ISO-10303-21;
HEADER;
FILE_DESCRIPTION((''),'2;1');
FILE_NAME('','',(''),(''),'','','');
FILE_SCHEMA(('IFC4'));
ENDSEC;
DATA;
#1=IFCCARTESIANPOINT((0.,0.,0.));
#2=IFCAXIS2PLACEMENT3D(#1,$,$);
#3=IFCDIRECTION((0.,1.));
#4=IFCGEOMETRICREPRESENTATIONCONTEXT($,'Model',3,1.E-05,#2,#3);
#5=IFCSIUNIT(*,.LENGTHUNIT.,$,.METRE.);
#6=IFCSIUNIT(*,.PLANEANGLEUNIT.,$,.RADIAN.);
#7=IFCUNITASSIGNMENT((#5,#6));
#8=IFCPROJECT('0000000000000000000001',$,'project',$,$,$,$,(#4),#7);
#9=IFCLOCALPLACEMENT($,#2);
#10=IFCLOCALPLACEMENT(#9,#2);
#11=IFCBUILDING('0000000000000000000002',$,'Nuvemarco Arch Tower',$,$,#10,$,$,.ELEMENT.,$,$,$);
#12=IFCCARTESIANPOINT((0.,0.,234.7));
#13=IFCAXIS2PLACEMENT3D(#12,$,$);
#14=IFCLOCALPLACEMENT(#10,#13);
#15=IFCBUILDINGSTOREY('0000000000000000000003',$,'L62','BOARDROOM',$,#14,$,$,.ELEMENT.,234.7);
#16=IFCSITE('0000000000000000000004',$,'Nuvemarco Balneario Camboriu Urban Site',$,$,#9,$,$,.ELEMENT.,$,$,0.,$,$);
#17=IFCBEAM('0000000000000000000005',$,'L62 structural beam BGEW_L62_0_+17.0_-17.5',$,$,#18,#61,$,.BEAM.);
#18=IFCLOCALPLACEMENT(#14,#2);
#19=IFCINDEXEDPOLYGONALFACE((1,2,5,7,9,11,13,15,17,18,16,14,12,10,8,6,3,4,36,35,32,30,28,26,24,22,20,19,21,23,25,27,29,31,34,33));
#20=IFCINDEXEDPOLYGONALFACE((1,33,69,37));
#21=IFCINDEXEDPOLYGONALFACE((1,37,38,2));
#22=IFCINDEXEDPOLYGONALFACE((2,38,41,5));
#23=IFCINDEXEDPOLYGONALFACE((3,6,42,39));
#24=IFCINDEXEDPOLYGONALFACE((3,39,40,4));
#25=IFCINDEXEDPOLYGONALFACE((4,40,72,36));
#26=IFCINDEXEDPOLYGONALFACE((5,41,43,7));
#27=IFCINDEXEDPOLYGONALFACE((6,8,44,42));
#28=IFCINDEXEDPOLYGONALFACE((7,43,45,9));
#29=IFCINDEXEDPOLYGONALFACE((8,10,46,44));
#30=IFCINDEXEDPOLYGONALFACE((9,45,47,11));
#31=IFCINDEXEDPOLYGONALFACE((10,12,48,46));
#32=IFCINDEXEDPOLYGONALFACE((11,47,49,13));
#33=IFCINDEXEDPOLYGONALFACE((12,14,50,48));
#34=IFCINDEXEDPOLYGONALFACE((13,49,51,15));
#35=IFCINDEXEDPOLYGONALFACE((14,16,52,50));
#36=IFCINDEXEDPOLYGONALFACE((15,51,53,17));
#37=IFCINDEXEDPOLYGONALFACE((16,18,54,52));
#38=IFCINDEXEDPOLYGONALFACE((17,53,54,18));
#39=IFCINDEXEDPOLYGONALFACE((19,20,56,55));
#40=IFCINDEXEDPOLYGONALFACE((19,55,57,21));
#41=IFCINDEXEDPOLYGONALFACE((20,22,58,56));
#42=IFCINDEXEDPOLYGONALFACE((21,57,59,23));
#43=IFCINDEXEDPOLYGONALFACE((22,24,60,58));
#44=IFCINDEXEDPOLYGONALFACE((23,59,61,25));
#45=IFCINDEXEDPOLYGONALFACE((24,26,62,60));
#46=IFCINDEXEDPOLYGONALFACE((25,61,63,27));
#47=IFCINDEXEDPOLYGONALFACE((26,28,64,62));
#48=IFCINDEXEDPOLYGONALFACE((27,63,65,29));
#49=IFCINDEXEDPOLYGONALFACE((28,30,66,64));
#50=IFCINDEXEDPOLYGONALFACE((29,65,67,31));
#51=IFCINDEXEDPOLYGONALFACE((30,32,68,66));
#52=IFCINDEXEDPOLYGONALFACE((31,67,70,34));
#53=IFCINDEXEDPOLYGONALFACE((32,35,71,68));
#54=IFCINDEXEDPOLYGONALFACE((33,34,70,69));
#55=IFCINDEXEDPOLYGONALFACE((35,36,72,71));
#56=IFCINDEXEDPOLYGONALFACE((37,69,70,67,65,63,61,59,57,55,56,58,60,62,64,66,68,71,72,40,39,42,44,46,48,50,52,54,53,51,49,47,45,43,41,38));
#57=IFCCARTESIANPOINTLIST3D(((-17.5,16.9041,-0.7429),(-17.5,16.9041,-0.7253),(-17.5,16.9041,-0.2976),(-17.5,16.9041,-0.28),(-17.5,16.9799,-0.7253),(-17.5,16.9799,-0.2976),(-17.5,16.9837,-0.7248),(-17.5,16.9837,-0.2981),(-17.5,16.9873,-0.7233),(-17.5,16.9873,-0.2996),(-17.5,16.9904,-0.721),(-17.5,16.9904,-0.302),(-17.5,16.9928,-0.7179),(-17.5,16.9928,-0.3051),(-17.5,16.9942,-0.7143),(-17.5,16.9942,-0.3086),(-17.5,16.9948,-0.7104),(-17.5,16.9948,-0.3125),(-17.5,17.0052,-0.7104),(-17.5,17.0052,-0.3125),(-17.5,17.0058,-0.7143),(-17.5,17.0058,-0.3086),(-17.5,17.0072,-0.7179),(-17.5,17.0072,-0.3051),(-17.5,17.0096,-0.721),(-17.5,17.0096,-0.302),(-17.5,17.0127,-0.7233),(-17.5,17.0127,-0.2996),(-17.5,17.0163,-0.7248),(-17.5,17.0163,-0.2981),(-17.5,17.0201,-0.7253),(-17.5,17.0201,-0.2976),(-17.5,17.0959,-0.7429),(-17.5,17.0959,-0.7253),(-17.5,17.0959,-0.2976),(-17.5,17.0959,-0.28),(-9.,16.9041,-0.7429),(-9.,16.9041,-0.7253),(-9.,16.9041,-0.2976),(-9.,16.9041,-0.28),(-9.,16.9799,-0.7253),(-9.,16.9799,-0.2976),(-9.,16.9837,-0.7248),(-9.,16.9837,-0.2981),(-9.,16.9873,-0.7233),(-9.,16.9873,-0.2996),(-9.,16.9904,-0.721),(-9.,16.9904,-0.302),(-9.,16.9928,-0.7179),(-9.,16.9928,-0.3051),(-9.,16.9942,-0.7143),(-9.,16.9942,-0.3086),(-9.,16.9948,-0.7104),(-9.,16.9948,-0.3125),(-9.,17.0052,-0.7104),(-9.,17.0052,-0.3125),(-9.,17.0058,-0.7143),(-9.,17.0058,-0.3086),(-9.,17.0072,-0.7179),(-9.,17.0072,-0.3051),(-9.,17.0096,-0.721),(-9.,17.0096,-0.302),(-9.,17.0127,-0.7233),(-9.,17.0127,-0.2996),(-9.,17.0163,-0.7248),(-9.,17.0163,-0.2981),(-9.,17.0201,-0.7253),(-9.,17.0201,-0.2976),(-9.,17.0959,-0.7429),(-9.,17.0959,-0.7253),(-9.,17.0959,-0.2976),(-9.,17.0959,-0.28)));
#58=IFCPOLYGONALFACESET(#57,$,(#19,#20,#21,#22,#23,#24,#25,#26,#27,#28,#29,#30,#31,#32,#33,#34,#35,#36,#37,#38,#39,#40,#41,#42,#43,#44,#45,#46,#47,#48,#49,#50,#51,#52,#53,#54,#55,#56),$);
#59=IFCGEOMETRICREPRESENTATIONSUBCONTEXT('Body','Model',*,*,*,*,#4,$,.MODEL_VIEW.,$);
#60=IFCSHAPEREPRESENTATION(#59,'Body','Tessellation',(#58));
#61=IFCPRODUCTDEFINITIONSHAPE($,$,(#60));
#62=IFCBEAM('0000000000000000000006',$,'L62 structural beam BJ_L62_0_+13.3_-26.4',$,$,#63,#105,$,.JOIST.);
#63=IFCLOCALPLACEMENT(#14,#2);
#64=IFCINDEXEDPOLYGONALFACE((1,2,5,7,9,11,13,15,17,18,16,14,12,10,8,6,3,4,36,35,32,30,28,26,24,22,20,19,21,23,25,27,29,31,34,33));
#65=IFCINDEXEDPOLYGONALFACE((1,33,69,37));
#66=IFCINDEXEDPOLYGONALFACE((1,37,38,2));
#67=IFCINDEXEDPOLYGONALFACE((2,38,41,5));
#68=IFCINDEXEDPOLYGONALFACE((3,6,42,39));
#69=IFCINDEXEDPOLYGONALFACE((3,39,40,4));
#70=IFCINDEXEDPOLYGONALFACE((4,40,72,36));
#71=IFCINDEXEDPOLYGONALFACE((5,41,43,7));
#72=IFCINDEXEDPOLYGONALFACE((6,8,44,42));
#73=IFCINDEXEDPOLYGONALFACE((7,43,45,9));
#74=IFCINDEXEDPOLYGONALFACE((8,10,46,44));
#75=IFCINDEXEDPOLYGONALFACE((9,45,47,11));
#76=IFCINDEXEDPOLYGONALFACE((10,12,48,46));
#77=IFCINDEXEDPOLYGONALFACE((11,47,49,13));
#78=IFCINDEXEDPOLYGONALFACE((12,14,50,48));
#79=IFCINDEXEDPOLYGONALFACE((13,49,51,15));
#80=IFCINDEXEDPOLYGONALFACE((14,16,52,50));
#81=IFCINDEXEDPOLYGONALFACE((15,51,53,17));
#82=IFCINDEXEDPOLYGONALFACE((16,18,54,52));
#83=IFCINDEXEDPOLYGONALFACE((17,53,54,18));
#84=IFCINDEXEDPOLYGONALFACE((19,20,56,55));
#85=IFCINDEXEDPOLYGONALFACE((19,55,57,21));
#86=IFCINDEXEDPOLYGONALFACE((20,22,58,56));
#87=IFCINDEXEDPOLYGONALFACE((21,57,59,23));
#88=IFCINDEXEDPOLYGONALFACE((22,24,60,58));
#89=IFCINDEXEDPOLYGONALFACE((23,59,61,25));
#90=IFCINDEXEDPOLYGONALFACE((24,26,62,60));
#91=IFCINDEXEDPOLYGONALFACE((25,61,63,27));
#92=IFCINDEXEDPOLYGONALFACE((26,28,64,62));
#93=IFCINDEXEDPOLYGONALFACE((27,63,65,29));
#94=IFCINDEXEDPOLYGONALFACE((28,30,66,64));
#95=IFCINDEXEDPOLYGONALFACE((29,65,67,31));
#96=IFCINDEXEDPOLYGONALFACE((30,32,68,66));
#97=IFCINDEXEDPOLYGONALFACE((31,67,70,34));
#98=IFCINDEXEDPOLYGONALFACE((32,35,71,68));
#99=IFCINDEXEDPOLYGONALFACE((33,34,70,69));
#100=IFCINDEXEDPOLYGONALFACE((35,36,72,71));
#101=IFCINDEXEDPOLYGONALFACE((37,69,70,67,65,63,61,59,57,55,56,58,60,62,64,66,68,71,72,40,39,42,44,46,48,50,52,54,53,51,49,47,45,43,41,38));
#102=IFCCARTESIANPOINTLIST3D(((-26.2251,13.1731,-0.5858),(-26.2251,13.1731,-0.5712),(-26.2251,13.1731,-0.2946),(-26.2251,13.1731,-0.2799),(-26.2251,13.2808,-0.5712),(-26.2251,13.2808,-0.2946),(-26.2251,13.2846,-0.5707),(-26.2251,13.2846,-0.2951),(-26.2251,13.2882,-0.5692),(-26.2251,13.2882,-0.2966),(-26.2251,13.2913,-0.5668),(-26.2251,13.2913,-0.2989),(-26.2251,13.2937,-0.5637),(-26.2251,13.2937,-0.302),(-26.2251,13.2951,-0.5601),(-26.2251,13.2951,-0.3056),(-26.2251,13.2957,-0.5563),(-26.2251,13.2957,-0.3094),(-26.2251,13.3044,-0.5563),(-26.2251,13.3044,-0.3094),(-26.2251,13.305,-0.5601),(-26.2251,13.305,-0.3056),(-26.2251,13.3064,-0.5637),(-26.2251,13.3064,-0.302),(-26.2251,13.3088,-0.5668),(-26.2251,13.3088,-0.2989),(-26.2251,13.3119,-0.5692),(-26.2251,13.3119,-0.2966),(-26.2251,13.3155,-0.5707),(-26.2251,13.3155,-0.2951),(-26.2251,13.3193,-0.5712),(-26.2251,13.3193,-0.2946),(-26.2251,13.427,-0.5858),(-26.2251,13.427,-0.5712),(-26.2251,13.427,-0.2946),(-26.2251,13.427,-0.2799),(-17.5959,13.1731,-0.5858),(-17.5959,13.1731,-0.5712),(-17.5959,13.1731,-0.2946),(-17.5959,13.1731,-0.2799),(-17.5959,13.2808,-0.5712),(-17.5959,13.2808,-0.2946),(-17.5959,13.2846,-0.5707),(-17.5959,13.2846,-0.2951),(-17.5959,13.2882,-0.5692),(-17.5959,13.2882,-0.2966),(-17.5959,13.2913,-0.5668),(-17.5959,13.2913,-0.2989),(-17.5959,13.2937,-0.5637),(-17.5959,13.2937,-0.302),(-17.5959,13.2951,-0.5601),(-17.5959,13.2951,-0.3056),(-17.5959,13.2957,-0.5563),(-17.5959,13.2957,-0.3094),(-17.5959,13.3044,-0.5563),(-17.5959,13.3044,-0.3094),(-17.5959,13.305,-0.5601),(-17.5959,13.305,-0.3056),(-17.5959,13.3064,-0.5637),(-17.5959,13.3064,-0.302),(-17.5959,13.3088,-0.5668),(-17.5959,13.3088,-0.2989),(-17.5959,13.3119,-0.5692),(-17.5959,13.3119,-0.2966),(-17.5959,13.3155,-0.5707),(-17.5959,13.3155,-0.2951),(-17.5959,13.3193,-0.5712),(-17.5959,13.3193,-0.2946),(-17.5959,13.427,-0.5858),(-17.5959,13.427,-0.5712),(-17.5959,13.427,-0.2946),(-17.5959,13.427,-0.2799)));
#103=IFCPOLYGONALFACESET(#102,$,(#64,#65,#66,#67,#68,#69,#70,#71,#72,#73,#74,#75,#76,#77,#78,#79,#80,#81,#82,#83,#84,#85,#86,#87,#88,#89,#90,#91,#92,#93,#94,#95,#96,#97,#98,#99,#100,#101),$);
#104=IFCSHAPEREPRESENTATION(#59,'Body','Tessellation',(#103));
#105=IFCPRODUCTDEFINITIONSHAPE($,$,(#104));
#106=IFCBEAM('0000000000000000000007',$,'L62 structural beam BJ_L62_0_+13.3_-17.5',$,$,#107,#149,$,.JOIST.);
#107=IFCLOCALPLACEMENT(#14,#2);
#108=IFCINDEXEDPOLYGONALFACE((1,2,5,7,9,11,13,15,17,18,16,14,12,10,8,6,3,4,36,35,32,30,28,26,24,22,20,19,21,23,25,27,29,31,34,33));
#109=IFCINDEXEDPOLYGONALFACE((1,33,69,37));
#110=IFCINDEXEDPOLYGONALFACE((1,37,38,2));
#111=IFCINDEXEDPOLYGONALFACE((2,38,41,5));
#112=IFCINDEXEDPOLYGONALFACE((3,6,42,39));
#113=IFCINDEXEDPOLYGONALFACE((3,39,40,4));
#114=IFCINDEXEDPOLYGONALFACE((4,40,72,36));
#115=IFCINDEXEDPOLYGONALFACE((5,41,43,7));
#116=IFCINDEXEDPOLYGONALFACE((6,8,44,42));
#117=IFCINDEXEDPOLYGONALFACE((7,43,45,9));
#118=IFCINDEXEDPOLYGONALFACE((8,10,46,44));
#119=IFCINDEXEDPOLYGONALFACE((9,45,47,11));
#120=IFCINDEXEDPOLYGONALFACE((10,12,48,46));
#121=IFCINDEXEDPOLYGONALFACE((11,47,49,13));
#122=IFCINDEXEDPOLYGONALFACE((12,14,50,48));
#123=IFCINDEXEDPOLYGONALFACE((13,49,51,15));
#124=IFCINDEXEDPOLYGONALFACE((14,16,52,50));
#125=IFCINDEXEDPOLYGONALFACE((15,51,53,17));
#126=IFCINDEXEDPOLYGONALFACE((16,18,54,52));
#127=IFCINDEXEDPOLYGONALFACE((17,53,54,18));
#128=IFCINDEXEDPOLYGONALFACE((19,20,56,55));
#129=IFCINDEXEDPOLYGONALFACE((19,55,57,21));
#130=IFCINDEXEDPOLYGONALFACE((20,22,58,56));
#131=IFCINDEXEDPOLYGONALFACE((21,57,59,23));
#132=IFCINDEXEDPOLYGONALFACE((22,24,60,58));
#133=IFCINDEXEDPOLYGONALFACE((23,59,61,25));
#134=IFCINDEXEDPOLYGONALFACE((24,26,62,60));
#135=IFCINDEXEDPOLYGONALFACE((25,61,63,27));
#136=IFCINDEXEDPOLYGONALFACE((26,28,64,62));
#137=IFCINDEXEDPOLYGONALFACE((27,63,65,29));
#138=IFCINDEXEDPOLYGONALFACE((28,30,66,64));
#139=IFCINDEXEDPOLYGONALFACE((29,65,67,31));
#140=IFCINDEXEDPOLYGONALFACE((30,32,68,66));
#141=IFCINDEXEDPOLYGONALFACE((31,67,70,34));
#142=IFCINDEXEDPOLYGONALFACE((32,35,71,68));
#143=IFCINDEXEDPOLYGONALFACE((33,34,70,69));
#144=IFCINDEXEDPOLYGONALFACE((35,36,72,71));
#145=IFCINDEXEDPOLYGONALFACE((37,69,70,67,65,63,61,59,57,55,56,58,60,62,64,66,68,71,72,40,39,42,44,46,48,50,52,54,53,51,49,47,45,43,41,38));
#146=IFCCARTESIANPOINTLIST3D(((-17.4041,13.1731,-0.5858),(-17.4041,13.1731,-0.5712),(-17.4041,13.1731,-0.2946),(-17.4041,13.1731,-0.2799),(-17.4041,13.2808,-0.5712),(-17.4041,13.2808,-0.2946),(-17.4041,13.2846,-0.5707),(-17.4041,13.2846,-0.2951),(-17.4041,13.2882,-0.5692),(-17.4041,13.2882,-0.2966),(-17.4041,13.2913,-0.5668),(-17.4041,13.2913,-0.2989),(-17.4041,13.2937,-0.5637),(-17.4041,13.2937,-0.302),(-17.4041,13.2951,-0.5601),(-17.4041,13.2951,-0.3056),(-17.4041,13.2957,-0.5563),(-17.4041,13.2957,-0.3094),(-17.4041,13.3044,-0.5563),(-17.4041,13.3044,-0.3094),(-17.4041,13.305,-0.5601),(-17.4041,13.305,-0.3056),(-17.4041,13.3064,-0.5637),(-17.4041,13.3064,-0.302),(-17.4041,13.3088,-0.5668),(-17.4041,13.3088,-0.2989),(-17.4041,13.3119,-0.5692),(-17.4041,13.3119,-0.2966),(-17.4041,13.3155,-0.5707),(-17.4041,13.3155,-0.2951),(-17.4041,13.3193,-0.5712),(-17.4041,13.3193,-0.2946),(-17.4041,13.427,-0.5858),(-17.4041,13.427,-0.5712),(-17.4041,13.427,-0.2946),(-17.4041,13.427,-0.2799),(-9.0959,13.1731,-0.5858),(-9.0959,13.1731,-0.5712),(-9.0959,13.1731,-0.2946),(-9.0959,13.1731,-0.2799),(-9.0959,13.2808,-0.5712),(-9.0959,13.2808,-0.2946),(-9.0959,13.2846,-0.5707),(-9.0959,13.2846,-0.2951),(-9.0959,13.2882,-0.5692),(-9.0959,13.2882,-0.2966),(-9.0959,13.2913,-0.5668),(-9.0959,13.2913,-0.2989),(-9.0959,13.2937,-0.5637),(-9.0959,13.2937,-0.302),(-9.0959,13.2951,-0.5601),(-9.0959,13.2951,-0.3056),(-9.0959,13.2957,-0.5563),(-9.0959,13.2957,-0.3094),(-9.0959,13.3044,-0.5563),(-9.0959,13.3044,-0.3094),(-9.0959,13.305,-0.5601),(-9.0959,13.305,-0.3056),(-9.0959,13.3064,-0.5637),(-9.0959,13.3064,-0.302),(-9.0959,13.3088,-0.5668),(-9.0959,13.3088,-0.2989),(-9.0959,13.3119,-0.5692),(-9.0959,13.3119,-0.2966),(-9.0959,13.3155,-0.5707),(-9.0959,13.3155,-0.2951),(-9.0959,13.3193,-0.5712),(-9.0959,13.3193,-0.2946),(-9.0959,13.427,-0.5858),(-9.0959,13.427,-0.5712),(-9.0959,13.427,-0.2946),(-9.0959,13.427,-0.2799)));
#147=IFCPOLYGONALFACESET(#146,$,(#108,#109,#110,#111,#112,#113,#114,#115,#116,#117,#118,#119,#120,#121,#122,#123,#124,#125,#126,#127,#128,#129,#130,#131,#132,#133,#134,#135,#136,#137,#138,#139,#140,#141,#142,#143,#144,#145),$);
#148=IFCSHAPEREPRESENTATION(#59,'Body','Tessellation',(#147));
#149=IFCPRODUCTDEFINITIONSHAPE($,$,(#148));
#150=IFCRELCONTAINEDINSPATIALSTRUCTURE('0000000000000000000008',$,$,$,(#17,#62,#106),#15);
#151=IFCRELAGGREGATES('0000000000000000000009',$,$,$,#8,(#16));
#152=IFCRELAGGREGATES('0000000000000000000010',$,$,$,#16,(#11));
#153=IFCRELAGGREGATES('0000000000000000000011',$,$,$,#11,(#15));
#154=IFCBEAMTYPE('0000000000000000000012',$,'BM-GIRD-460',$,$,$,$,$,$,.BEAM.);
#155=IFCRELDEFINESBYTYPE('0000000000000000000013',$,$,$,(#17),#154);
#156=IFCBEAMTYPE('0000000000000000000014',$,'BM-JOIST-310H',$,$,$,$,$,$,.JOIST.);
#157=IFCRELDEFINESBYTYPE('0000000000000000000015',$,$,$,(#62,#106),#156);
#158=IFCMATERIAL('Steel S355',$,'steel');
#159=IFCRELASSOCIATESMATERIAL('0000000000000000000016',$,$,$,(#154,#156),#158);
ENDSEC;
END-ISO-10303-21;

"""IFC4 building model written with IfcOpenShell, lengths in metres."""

from ifc_helpers import new_model, si_unit, direction, frame, origin, origin_2d, place, context, subcontext, project, spatial, i_section, extrude, material, material_profile, profile_set, type_object, element, save


model = new_model("IFC4")

# Units and contexts
model_context = context("Model", 3, precision=1e-05, world=origin(), true_north=direction((0.0, 1.0)))
body_context = subcontext(model_context, "Body", "Model", "MODEL_VIEW")
ifc_project = project(units=[si_unit("LENGTHUNIT", "METRE"), si_unit("PLANEANGLEUNIT", "RADIAN")], contexts=[model_context])

# Site, building, storey
site_placement = place(None, origin())
site = spatial("IfcSite", under=ifc_project, at=site_placement, Name="Nuvemarco Balneario Camboriu Urban Site", CompositionType="ELEMENT", RefElevation=0.0)
building_placement = place(site_placement, origin())
building = spatial("IfcBuilding", under=site, at=building_placement, Name="Nuvemarco Arch Tower", CompositionType="ELEMENT")
storey_placement = place(building_placement, frame((0.0, 0.0, 234.7)))
storey = spatial("IfcBuildingStorey", under=building, at=storey_placement, Name="L62", Description="BOARDROOM", CompositionType="ELEMENT", Elevation=234.7)

# Shared definitions
ifc_material_1 = material(Name="Steel S355", Category="steel")

# Beams
ifc_material_profile_1 = material_profile(ifc_material_1, i_section(OverallWidth=0.1919, OverallDepth=0.4629, WebThickness=0.0105, FlangeThickness=0.0176, FilletRadius=0.0149, at=origin_2d()), Name="W460x89")
ifc_profile_set_1 = profile_set([ifc_material_profile_1], Name="Steel S355")
beam_type_1 = type_object("IfcBeamType", Name="BM-GIRD-460", PredefinedType="BEAM", material=ifc_profile_set_1)
beam_1_placement = place(storey_placement, frame((-17.5, 17.0, -0.5115), z_axis=(1.0, 0.0, 0.0), x_axis=(0.0, 1.0, 0.0)))
element("IfcBeam", 1, at=beam_1_placement, inside=storey, type_object=beam_type_1, Name="L62 structural beam BGEW_L62_0_+17.0_-17.5", PredefinedType="BEAM", context=body_context, shape_type="SweptSolid", body=[
    extrude(i_section(OverallWidth=0.1919, OverallDepth=0.4629, WebThickness=0.0105, FlangeThickness=0.0176, FilletRadius=0.0149, at=origin_2d()), origin(), (0.0, 0.0, 1.0), 8.5),
])
ifc_material_profile_2 = material_profile(ifc_material_1, i_section(OverallWidth=0.2539, OverallDepth=0.3059, WebThickness=0.0088, FlangeThickness=0.0146, FilletRadius=0.0149, at=origin_2d()), Name="W310x79")
ifc_profile_set_2 = profile_set([ifc_material_profile_2], Name="Steel S355")
beam_type_2 = type_object("IfcBeamType", Name="BM-JOIST-310H", PredefinedType="JOIST", material=ifc_profile_set_2)
beam_2_placement = place(storey_placement, frame((-26.2251, 13.3, -0.4329), z_axis=(1.0, 0.0, 0.0), x_axis=(0.0, 1.0, 0.0)))
element("IfcBeam", 2, at=beam_2_placement, inside=storey, type_object=beam_type_2, Name="L62 structural beam BJ_L62_0_+13.3_-26.4", PredefinedType="JOIST", context=body_context, shape_type="SweptSolid", body=[
    extrude(i_section(OverallWidth=0.2539, OverallDepth=0.3059, WebThickness=0.0088, FlangeThickness=0.0146, FilletRadius=0.0149, at=origin_2d()), origin(), (0.0, 0.0, 1.0), 8.6292),
])
beam_3_placement = place(storey_placement, frame((-17.4041, 13.3, -0.4329), z_axis=(1.0, 0.0, 0.0), x_axis=(0.0, 1.0, 0.0)))
element("IfcBeam", 3, at=beam_3_placement, inside=storey, type_object=beam_type_2, Name="L62 structural beam BJ_L62_0_+13.3_-17.5", PredefinedType="JOIST", context=body_context, shape_type="SweptSolid", body=[
    extrude(i_section(OverallWidth=0.2539, OverallDepth=0.3059, WebThickness=0.0088, FlangeThickness=0.0146, FilletRadius=0.0149, at=origin_2d()), origin(), (0.0, 0.0, 1.0), 8.3081),
])

save(model, "model.ifc")
